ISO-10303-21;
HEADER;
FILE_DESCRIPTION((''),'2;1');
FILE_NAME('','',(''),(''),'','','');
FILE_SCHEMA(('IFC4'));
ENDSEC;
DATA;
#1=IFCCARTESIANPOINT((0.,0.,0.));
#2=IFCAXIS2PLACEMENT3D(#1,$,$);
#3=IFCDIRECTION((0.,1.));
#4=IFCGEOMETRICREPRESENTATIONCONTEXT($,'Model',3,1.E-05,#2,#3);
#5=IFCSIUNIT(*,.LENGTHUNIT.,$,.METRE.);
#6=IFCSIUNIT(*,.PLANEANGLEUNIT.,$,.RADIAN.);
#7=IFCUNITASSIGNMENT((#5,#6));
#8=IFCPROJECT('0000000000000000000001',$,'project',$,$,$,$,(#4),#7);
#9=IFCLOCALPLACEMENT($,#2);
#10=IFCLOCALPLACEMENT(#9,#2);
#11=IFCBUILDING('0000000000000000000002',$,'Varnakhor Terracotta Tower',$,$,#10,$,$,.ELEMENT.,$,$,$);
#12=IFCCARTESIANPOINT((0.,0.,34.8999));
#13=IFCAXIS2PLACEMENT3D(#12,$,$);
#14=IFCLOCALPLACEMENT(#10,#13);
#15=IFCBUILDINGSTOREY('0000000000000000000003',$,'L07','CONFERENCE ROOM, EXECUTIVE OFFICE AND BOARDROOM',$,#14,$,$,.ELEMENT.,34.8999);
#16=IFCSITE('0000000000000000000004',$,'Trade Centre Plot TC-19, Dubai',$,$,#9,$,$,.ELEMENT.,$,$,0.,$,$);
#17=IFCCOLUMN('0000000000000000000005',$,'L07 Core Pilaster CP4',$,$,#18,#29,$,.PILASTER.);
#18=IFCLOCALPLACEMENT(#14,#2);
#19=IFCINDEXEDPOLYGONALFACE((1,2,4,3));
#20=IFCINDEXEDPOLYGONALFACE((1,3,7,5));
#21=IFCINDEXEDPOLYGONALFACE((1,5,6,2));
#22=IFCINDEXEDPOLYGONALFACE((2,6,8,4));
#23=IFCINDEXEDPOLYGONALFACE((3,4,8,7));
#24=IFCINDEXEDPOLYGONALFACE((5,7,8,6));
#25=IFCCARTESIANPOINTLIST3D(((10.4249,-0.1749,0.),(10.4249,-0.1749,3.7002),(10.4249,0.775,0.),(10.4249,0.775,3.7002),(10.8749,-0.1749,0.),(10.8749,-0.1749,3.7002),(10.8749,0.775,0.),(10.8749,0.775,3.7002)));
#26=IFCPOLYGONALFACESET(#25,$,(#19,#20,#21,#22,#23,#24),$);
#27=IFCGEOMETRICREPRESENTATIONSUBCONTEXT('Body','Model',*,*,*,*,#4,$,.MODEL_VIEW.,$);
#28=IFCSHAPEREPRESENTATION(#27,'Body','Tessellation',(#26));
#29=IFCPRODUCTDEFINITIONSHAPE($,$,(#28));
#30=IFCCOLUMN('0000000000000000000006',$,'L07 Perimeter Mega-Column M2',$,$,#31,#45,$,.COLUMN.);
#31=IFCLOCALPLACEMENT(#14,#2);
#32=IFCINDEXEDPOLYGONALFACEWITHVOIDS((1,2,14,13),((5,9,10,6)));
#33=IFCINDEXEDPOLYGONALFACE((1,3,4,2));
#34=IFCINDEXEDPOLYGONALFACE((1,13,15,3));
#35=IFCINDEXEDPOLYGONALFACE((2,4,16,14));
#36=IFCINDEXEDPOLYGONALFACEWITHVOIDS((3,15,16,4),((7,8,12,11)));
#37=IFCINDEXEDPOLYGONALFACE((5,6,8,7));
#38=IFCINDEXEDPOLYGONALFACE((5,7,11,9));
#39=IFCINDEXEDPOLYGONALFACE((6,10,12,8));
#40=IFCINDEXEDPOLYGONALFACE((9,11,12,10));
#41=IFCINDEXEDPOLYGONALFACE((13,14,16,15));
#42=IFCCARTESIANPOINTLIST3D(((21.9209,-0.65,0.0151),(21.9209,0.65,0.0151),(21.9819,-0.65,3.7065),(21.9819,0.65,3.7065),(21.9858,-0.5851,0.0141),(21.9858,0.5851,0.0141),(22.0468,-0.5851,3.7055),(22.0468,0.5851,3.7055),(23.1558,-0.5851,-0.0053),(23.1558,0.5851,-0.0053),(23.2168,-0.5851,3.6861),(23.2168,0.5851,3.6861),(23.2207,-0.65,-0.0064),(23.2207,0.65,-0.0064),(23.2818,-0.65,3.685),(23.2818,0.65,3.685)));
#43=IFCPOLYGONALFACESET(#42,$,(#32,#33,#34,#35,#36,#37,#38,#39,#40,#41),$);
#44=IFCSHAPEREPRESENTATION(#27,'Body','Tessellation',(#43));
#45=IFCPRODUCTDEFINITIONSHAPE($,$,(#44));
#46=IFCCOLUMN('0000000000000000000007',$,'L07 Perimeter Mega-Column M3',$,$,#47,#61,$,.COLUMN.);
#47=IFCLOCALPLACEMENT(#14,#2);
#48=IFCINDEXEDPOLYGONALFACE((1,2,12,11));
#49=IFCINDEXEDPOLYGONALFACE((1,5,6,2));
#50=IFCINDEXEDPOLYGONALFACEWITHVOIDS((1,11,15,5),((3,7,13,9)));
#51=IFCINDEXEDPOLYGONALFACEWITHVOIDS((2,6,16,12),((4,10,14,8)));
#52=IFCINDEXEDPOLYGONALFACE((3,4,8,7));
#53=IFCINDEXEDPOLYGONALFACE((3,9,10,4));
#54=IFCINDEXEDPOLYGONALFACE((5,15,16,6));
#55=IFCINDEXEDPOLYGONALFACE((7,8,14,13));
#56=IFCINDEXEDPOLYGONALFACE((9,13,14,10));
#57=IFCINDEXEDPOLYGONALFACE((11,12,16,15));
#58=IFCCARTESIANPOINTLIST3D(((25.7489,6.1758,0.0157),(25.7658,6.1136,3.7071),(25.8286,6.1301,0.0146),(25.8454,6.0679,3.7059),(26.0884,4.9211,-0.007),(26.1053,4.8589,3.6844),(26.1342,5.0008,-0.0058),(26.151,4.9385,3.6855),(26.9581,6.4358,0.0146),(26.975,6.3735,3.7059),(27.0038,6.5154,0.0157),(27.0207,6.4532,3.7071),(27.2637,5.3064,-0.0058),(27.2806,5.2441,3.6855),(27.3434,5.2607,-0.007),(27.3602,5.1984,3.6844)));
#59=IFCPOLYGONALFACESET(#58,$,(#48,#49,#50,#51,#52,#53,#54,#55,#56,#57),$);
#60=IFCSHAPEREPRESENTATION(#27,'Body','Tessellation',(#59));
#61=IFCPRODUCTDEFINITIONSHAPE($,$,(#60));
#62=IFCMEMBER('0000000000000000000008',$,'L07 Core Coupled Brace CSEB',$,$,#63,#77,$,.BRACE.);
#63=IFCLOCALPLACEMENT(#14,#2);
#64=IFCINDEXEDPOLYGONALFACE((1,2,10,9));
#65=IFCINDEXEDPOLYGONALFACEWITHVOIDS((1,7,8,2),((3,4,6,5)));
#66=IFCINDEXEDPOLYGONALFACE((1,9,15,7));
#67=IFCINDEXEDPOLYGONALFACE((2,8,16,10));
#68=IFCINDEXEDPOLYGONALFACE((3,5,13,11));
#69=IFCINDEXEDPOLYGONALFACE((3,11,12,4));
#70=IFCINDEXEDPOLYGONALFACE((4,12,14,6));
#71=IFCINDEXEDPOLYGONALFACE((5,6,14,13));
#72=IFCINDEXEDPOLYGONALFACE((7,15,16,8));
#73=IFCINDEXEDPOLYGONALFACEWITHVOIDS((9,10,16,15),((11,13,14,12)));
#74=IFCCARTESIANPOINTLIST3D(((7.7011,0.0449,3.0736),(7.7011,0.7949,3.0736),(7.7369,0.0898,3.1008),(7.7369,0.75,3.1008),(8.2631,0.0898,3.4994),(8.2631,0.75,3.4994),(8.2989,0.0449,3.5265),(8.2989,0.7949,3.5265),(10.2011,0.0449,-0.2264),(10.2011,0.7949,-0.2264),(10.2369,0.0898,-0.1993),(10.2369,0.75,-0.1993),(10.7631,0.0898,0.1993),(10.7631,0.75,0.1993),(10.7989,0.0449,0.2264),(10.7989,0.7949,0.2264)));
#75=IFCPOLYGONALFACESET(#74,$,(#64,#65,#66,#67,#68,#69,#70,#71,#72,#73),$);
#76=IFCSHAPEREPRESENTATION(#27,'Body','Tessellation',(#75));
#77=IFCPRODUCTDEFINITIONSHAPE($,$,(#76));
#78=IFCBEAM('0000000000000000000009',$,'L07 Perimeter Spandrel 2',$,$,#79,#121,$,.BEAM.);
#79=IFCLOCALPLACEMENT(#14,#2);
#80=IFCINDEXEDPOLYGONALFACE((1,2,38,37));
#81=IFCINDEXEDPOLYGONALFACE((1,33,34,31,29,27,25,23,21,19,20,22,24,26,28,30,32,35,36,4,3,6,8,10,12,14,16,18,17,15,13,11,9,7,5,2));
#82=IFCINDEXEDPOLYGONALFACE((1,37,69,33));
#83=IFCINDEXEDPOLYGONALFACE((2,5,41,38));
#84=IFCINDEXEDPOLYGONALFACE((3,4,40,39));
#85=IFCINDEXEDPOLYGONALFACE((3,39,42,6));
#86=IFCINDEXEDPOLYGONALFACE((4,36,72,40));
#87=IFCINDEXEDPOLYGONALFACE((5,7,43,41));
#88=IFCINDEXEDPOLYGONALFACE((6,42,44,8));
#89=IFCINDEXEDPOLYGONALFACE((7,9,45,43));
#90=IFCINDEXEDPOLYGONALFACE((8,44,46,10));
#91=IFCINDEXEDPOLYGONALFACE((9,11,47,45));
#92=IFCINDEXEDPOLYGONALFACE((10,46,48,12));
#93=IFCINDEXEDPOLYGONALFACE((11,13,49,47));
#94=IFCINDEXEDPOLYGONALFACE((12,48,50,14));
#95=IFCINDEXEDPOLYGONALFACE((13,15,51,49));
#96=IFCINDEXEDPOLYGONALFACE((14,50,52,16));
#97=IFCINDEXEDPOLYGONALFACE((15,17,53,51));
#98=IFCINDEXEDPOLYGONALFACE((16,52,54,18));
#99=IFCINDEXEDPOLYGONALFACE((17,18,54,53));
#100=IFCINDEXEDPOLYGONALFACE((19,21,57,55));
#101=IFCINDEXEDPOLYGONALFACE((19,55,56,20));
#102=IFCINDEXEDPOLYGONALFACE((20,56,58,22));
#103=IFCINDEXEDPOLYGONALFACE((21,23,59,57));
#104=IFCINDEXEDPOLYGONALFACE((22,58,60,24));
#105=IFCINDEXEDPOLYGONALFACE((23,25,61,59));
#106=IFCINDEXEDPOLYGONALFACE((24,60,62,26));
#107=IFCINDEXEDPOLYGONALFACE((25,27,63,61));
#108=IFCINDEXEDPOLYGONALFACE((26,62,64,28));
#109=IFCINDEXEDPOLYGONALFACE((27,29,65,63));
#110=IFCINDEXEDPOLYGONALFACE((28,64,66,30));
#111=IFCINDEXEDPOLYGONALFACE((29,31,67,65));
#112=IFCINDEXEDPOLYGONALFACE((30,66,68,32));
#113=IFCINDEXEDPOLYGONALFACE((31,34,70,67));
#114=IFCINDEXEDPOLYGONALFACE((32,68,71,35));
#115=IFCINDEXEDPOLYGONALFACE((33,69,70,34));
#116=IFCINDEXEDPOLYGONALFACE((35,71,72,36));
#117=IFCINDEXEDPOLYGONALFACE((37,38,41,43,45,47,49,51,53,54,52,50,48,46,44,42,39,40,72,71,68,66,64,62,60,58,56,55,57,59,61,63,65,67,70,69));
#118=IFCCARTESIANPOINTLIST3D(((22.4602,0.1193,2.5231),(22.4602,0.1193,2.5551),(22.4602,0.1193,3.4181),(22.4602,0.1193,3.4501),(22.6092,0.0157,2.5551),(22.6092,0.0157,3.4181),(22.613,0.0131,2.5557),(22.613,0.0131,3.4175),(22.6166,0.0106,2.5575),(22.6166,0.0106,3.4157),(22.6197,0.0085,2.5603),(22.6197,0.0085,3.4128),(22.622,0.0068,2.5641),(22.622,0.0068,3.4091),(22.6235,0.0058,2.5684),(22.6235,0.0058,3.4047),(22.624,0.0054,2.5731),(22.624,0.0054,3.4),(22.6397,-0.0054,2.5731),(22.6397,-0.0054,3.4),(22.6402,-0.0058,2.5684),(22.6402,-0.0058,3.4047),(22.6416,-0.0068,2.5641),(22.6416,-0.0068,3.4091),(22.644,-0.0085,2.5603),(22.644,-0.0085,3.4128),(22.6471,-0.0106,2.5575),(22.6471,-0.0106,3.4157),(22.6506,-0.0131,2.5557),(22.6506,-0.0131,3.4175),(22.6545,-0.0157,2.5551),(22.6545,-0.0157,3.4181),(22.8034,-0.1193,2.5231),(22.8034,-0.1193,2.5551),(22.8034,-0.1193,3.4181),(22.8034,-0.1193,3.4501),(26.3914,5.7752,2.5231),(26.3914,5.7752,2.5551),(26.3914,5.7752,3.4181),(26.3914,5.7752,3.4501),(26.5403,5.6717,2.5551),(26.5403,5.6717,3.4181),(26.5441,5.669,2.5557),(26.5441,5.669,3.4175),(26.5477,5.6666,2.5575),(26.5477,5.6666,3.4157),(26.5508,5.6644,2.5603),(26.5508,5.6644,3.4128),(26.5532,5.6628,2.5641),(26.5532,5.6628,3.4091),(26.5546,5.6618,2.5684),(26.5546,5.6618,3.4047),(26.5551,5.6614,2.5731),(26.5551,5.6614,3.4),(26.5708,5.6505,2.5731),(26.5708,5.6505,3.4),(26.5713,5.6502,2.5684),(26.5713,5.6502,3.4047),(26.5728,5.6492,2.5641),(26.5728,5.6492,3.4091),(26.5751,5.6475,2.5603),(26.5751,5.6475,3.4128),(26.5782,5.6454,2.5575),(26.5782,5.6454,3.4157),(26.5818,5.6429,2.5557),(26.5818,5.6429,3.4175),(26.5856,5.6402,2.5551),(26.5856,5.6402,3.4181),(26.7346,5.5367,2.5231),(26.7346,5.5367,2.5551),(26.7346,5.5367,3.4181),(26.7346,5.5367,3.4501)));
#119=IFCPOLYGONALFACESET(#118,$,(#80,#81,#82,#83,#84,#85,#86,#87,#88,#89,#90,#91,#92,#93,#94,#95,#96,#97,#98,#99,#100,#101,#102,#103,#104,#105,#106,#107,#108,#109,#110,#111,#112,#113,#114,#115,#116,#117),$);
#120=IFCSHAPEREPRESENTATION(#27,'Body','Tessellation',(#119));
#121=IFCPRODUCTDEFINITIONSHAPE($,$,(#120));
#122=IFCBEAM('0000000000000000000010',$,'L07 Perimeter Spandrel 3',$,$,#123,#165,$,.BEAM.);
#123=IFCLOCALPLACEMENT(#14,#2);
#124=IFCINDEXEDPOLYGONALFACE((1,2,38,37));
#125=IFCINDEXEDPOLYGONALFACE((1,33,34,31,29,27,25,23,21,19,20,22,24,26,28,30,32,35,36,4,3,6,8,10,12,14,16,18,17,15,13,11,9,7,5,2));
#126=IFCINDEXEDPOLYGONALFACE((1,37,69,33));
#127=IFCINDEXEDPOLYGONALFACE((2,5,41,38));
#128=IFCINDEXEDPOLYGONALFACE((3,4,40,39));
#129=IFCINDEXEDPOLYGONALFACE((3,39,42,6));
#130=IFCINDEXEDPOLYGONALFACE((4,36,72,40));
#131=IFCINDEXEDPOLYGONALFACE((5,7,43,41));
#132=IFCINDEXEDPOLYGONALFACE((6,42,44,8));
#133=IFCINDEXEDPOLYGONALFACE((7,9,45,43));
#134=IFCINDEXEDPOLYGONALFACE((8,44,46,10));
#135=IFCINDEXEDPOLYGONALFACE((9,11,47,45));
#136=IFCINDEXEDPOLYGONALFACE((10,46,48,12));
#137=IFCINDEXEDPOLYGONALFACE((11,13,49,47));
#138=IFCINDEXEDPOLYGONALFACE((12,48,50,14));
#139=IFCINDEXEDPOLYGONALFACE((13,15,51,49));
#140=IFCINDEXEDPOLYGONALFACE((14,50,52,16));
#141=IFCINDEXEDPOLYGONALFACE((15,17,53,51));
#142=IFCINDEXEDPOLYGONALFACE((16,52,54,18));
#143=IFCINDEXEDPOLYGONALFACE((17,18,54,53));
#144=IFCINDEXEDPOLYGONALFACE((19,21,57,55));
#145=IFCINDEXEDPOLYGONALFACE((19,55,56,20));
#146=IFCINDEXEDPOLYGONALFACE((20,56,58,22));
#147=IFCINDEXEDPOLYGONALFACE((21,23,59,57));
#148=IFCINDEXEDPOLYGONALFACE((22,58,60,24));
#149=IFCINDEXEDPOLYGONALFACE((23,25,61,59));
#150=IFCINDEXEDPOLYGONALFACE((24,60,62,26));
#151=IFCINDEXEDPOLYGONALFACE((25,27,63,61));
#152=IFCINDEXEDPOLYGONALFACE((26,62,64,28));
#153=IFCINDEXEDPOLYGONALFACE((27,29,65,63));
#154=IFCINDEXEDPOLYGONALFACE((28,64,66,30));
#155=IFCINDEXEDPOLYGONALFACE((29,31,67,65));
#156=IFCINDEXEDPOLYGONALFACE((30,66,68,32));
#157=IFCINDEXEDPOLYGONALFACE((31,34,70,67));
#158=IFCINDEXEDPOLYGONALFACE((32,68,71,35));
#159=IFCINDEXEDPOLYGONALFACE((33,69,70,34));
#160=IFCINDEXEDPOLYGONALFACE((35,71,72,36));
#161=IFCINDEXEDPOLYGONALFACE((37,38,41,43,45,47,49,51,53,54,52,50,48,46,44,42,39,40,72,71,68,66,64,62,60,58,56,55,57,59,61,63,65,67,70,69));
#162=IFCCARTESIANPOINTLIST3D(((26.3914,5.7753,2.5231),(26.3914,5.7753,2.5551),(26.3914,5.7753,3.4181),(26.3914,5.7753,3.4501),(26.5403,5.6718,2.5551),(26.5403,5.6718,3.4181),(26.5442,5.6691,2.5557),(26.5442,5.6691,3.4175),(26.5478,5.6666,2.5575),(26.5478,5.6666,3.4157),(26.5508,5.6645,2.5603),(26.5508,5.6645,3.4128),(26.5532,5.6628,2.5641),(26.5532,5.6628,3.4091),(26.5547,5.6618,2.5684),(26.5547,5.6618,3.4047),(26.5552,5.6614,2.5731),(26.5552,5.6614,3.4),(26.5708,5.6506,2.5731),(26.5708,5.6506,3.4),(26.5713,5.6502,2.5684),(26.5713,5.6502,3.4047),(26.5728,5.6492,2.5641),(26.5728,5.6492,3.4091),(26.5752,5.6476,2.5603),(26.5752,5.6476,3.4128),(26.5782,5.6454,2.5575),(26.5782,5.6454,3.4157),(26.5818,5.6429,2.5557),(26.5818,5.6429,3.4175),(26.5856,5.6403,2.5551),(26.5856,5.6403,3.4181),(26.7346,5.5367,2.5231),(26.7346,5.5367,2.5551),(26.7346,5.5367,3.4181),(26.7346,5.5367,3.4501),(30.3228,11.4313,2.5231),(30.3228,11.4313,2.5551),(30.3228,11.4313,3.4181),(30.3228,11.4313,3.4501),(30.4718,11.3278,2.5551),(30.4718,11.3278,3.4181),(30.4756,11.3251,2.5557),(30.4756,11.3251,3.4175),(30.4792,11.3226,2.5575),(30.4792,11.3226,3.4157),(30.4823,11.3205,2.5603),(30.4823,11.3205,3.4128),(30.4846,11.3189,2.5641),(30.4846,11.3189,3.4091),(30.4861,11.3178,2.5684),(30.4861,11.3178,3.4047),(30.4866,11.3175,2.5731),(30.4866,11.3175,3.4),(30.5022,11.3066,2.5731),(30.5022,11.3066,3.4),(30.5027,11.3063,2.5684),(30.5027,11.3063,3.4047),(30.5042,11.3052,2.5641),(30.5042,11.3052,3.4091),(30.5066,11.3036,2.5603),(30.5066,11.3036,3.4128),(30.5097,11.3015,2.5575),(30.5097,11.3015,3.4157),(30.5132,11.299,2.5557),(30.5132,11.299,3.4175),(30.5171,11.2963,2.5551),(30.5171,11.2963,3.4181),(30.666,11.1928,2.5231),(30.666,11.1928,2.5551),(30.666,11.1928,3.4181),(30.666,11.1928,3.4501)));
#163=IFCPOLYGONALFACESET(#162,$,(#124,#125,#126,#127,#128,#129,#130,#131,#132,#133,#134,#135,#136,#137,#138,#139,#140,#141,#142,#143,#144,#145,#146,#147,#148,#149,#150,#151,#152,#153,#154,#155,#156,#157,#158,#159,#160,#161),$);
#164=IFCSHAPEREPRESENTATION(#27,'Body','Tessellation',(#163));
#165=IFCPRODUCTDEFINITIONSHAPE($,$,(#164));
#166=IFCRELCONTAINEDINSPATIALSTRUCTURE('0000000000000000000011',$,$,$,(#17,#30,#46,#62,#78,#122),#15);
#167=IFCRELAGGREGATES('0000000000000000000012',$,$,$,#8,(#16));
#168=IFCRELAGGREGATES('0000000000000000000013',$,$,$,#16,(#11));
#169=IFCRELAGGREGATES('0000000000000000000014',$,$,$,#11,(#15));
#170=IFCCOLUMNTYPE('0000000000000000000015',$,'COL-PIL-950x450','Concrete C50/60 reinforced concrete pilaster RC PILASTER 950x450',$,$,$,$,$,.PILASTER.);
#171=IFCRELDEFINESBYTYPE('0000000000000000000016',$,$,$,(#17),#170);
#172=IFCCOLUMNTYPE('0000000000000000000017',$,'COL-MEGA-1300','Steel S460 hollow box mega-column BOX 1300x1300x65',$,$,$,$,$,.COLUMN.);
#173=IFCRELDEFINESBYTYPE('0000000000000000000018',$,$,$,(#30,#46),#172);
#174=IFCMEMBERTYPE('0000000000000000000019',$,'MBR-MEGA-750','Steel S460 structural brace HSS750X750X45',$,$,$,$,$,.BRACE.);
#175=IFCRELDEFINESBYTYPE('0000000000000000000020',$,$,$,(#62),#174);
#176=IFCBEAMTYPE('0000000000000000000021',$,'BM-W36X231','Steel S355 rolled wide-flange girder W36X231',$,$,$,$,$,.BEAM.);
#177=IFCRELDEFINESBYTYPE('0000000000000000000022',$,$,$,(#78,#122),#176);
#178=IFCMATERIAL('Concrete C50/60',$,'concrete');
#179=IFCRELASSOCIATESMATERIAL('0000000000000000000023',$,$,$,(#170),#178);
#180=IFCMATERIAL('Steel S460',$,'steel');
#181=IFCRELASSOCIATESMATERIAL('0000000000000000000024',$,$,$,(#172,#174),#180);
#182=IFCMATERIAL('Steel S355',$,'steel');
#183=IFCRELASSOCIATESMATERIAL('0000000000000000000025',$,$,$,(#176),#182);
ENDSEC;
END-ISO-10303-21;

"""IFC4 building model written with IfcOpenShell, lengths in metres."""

from ifc_helpers import new_model, si_unit, direction, frame, origin, origin_2d, place, context, subcontext, project, spatial, rectangle, hollow_rectangle, i_section, extrude, source, transform, mapped, material, material_profile, profile_set, type_object, type_shapes, element, save


model = new_model("IFC4")

# Units and contexts
model_context = context("Model", 3, precision=1e-05, world=origin(), true_north=direction((0.0, 1.0)))
body_context = subcontext(model_context, "Body", "Model", "MODEL_VIEW")
ifc_project = project(units=[si_unit("LENGTHUNIT", "METRE"), si_unit("PLANEANGLEUNIT", "RADIAN")], contexts=[model_context])

# Site, building, storey
site_placement = place(None, origin())
site = spatial("IfcSite", under=ifc_project, at=site_placement, Name="Trade Centre Plot TC-19, Dubai", CompositionType="ELEMENT", RefElevation=0.0)
building_placement = place(site_placement, origin())
building = spatial("IfcBuilding", under=site, at=building_placement, Name="Varnakhor Terracotta Tower", CompositionType="ELEMENT")
storey_placement = place(building_placement, frame((0.0, 0.0, 34.8999)))
storey = spatial("IfcBuildingStorey", under=building, at=storey_placement, Name="L07", Description="CONFERENCE ROOM, EXECUTIVE OFFICE AND BOARDROOM", CompositionType="ELEMENT", Elevation=34.8999)

# Columns
ifc_material_1 = material(Name="Concrete C50/60", Category="concrete")
ifc_material_profile_1 = material_profile(ifc_material_1, rectangle(XDim=0.45, YDim=0.95, at=origin_2d()), Name="RC PILASTER 950x450")
ifc_profile_set_1 = profile_set([ifc_material_profile_1], Name="Concrete C50/60")
column_type_1 = type_object("IfcColumnType", Name="COL-PIL-950x450", Description="Concrete C50/60 reinforced concrete pilaster RC PILASTER 950x450", PredefinedType="PILASTER", material=ifc_profile_set_1)
shared_shape_1 = source(origin(), body_context, "Body", "SweptSolid", [
    extrude(rectangle(XDim=0.45, YDim=0.95, at=origin_2d()), origin(), (0.0, 0.0, 1.0), 3.7002),
])
column_placement = place(storey_placement, frame((10.6499, 0.3, 0.0), z_axis=(0.0, 0.0, 1.0), x_axis=(1.0, 0.0, 0.0)))
element("IfcColumn", 1, at=column_placement, inside=storey, type_object=column_type_1, Name="L07 Core Pilaster CP4", PredefinedType="PILASTER", context=body_context, shape_type="MappedRepresentation", body=[
    mapped(shared_shape_1, transform((0.0, 0.0, 0.0), scale=1.0)),
])
ifc_material_2 = material(Name="Steel S460", Category="steel")
ifc_material_profile_2 = material_profile(ifc_material_2, hollow_rectangle(XDim=1.3, YDim=1.3, WallThickness=0.0649, at=origin_2d()), Name="BOX 1300x1300x65")
ifc_profile_set_2 = profile_set([ifc_material_profile_2], Name="Steel S460")
column_type_2 = type_object("IfcColumnType", Name="COL-MEGA-1300", Description="Steel S460 hollow box mega-column BOX 1300x1300x65", PredefinedType="COLUMN", material=ifc_profile_set_2)
shared_shape_2 = source(origin(), body_context, "Body", "SweptSolid", [
    extrude(hollow_rectangle(XDim=1.3, YDim=1.3, WallThickness=0.0649, at=origin_2d()), origin(), (0.0, 0.0, 1.0), 3.6919),
])
type_shapes(column_type_2, [shared_shape_2])
for number, where, z_axis, x_axis, name in (
    (2, (22.5708, 0.0, 0.0044), (0.016532, 0.0, 0.999863), (0.0, 1.0, 0.0), "L07 Perimeter Mega-Column M2"),
    (3, (26.5461, 5.7183, 0.0044), (0.004563, -0.016863, 0.999847), (0.965286, 0.261195, 0.0), "L07 Perimeter Mega-Column M3"),
):
    element("IfcColumn", number, at=place(storey_placement, frame(where, z_axis=z_axis, x_axis=x_axis)), inside=storey, type_object=column_type_2, Name=name, PredefinedType="COLUMN", context=body_context, shape_type="MappedRepresentation", body=[
        mapped(shared_shape_2, transform((0.0, 0.0, 0.0), scale=1.0)),
    ])

# Member
ifc_material_profile_3 = material_profile(ifc_material_2, hollow_rectangle(XDim=0.75, YDim=0.75, WallThickness=0.0449, at=origin_2d()), Name="HSS750X750X45")
ifc_profile_set_3 = profile_set([ifc_material_profile_3], Name="Steel S460")
member_type_1 = type_object("IfcMemberType", Name="MBR-MEGA-750", Description="Steel S460 structural brace HSS750X750X45", PredefinedType="BRACE", material=ifc_profile_set_3)
shared_shape_3 = source(origin(), body_context, "Body", "SweptSolid", [
    extrude(hollow_rectangle(XDim=0.75, YDim=0.75, WallThickness=0.0449, at=origin_2d()), origin(), (0.0, 0.0, 1.0), 4.1401),
])
type_shapes(member_type_1, [shared_shape_3])
member_1_placement = place(storey_placement, frame((10.5, 0.4199, 0.0), z_axis=(-0.603852, 0.0, 0.797096), x_axis=(0.0, -1.0, 0.0)))
element("IfcMember", 4, at=member_1_placement, inside=storey, type_object=member_type_1, Name="L07 Core Coupled Brace CSEB", PredefinedType="BRACE", context=body_context, shape_type="MappedRepresentation", body=[
    mapped(shared_shape_3, transform((0.0, 0.0, 0.0), scale=1.0)),
])

# Beams
ifc_material_3 = material(Name="Steel S355", Category="steel")
ifc_material_profile_4 = material_profile(ifc_material_3, i_section(OverallWidth=0.418, OverallDepth=0.927, WebThickness=0.019, FlangeThickness=0.032, FilletRadius=0.0181, at=origin_2d()), Name="W36X231")
ifc_profile_set_4 = profile_set([ifc_material_profile_4], Name="Steel S355")
beam_type_1 = type_object("IfcBeamType", Name="BM-W36X231", Description="Steel S355 rolled wide-flange girder W36X231", PredefinedType="BEAM", material=ifc_profile_set_4)
shared_shape_4 = source(origin(), body_context, "Body", "SweptSolid", [
    extrude(i_section(OverallWidth=0.418, OverallDepth=0.927, WebThickness=0.019, FlangeThickness=0.032, FilletRadius=0.0181, at=origin_2d()), origin(), (0.0, 0.0, 1.0), 6.8879),
])
beam_1_placement = place(storey_placement, frame((22.6318, 0.0, 2.9866), z_axis=(0.570726, 0.821141, 0.0), x_axis=(-0.821141, 0.570726, 0.0)))
element("IfcBeam", 5, at=beam_1_placement, inside=storey, type_object=beam_type_1, Name="L07 Perimeter Spandrel 2", PredefinedType="BEAM", context=body_context, shape_type="MappedRepresentation", body=[
    mapped(shared_shape_4, transform((0.0, 0.0, 0.0), scale=1.0)),
])
shared_shape_5 = source(origin(), body_context, "Body", "SweptSolid", [
    extrude(i_section(OverallWidth=0.418, OverallDepth=0.927, WebThickness=0.019, FlangeThickness=0.032, FilletRadius=0.0181, at=origin_2d()), origin(), (0.0, 0.0, 1.0), 6.8882),
])
beam_2_placement = place(storey_placement, frame((26.563, 5.656, 2.9866), z_axis=(0.57075, 0.821124, 0.0), x_axis=(-0.821124, 0.57075, 0.0)))
element("IfcBeam", 6, at=beam_2_placement, inside=storey, type_object=beam_type_1, Name="L07 Perimeter Spandrel 3", PredefinedType="BEAM", context=body_context, shape_type="MappedRepresentation", body=[
    mapped(shared_shape_5, transform((0.0, 0.0, 0.0), scale=1.0)),
])

save(model, "model.ifc")
